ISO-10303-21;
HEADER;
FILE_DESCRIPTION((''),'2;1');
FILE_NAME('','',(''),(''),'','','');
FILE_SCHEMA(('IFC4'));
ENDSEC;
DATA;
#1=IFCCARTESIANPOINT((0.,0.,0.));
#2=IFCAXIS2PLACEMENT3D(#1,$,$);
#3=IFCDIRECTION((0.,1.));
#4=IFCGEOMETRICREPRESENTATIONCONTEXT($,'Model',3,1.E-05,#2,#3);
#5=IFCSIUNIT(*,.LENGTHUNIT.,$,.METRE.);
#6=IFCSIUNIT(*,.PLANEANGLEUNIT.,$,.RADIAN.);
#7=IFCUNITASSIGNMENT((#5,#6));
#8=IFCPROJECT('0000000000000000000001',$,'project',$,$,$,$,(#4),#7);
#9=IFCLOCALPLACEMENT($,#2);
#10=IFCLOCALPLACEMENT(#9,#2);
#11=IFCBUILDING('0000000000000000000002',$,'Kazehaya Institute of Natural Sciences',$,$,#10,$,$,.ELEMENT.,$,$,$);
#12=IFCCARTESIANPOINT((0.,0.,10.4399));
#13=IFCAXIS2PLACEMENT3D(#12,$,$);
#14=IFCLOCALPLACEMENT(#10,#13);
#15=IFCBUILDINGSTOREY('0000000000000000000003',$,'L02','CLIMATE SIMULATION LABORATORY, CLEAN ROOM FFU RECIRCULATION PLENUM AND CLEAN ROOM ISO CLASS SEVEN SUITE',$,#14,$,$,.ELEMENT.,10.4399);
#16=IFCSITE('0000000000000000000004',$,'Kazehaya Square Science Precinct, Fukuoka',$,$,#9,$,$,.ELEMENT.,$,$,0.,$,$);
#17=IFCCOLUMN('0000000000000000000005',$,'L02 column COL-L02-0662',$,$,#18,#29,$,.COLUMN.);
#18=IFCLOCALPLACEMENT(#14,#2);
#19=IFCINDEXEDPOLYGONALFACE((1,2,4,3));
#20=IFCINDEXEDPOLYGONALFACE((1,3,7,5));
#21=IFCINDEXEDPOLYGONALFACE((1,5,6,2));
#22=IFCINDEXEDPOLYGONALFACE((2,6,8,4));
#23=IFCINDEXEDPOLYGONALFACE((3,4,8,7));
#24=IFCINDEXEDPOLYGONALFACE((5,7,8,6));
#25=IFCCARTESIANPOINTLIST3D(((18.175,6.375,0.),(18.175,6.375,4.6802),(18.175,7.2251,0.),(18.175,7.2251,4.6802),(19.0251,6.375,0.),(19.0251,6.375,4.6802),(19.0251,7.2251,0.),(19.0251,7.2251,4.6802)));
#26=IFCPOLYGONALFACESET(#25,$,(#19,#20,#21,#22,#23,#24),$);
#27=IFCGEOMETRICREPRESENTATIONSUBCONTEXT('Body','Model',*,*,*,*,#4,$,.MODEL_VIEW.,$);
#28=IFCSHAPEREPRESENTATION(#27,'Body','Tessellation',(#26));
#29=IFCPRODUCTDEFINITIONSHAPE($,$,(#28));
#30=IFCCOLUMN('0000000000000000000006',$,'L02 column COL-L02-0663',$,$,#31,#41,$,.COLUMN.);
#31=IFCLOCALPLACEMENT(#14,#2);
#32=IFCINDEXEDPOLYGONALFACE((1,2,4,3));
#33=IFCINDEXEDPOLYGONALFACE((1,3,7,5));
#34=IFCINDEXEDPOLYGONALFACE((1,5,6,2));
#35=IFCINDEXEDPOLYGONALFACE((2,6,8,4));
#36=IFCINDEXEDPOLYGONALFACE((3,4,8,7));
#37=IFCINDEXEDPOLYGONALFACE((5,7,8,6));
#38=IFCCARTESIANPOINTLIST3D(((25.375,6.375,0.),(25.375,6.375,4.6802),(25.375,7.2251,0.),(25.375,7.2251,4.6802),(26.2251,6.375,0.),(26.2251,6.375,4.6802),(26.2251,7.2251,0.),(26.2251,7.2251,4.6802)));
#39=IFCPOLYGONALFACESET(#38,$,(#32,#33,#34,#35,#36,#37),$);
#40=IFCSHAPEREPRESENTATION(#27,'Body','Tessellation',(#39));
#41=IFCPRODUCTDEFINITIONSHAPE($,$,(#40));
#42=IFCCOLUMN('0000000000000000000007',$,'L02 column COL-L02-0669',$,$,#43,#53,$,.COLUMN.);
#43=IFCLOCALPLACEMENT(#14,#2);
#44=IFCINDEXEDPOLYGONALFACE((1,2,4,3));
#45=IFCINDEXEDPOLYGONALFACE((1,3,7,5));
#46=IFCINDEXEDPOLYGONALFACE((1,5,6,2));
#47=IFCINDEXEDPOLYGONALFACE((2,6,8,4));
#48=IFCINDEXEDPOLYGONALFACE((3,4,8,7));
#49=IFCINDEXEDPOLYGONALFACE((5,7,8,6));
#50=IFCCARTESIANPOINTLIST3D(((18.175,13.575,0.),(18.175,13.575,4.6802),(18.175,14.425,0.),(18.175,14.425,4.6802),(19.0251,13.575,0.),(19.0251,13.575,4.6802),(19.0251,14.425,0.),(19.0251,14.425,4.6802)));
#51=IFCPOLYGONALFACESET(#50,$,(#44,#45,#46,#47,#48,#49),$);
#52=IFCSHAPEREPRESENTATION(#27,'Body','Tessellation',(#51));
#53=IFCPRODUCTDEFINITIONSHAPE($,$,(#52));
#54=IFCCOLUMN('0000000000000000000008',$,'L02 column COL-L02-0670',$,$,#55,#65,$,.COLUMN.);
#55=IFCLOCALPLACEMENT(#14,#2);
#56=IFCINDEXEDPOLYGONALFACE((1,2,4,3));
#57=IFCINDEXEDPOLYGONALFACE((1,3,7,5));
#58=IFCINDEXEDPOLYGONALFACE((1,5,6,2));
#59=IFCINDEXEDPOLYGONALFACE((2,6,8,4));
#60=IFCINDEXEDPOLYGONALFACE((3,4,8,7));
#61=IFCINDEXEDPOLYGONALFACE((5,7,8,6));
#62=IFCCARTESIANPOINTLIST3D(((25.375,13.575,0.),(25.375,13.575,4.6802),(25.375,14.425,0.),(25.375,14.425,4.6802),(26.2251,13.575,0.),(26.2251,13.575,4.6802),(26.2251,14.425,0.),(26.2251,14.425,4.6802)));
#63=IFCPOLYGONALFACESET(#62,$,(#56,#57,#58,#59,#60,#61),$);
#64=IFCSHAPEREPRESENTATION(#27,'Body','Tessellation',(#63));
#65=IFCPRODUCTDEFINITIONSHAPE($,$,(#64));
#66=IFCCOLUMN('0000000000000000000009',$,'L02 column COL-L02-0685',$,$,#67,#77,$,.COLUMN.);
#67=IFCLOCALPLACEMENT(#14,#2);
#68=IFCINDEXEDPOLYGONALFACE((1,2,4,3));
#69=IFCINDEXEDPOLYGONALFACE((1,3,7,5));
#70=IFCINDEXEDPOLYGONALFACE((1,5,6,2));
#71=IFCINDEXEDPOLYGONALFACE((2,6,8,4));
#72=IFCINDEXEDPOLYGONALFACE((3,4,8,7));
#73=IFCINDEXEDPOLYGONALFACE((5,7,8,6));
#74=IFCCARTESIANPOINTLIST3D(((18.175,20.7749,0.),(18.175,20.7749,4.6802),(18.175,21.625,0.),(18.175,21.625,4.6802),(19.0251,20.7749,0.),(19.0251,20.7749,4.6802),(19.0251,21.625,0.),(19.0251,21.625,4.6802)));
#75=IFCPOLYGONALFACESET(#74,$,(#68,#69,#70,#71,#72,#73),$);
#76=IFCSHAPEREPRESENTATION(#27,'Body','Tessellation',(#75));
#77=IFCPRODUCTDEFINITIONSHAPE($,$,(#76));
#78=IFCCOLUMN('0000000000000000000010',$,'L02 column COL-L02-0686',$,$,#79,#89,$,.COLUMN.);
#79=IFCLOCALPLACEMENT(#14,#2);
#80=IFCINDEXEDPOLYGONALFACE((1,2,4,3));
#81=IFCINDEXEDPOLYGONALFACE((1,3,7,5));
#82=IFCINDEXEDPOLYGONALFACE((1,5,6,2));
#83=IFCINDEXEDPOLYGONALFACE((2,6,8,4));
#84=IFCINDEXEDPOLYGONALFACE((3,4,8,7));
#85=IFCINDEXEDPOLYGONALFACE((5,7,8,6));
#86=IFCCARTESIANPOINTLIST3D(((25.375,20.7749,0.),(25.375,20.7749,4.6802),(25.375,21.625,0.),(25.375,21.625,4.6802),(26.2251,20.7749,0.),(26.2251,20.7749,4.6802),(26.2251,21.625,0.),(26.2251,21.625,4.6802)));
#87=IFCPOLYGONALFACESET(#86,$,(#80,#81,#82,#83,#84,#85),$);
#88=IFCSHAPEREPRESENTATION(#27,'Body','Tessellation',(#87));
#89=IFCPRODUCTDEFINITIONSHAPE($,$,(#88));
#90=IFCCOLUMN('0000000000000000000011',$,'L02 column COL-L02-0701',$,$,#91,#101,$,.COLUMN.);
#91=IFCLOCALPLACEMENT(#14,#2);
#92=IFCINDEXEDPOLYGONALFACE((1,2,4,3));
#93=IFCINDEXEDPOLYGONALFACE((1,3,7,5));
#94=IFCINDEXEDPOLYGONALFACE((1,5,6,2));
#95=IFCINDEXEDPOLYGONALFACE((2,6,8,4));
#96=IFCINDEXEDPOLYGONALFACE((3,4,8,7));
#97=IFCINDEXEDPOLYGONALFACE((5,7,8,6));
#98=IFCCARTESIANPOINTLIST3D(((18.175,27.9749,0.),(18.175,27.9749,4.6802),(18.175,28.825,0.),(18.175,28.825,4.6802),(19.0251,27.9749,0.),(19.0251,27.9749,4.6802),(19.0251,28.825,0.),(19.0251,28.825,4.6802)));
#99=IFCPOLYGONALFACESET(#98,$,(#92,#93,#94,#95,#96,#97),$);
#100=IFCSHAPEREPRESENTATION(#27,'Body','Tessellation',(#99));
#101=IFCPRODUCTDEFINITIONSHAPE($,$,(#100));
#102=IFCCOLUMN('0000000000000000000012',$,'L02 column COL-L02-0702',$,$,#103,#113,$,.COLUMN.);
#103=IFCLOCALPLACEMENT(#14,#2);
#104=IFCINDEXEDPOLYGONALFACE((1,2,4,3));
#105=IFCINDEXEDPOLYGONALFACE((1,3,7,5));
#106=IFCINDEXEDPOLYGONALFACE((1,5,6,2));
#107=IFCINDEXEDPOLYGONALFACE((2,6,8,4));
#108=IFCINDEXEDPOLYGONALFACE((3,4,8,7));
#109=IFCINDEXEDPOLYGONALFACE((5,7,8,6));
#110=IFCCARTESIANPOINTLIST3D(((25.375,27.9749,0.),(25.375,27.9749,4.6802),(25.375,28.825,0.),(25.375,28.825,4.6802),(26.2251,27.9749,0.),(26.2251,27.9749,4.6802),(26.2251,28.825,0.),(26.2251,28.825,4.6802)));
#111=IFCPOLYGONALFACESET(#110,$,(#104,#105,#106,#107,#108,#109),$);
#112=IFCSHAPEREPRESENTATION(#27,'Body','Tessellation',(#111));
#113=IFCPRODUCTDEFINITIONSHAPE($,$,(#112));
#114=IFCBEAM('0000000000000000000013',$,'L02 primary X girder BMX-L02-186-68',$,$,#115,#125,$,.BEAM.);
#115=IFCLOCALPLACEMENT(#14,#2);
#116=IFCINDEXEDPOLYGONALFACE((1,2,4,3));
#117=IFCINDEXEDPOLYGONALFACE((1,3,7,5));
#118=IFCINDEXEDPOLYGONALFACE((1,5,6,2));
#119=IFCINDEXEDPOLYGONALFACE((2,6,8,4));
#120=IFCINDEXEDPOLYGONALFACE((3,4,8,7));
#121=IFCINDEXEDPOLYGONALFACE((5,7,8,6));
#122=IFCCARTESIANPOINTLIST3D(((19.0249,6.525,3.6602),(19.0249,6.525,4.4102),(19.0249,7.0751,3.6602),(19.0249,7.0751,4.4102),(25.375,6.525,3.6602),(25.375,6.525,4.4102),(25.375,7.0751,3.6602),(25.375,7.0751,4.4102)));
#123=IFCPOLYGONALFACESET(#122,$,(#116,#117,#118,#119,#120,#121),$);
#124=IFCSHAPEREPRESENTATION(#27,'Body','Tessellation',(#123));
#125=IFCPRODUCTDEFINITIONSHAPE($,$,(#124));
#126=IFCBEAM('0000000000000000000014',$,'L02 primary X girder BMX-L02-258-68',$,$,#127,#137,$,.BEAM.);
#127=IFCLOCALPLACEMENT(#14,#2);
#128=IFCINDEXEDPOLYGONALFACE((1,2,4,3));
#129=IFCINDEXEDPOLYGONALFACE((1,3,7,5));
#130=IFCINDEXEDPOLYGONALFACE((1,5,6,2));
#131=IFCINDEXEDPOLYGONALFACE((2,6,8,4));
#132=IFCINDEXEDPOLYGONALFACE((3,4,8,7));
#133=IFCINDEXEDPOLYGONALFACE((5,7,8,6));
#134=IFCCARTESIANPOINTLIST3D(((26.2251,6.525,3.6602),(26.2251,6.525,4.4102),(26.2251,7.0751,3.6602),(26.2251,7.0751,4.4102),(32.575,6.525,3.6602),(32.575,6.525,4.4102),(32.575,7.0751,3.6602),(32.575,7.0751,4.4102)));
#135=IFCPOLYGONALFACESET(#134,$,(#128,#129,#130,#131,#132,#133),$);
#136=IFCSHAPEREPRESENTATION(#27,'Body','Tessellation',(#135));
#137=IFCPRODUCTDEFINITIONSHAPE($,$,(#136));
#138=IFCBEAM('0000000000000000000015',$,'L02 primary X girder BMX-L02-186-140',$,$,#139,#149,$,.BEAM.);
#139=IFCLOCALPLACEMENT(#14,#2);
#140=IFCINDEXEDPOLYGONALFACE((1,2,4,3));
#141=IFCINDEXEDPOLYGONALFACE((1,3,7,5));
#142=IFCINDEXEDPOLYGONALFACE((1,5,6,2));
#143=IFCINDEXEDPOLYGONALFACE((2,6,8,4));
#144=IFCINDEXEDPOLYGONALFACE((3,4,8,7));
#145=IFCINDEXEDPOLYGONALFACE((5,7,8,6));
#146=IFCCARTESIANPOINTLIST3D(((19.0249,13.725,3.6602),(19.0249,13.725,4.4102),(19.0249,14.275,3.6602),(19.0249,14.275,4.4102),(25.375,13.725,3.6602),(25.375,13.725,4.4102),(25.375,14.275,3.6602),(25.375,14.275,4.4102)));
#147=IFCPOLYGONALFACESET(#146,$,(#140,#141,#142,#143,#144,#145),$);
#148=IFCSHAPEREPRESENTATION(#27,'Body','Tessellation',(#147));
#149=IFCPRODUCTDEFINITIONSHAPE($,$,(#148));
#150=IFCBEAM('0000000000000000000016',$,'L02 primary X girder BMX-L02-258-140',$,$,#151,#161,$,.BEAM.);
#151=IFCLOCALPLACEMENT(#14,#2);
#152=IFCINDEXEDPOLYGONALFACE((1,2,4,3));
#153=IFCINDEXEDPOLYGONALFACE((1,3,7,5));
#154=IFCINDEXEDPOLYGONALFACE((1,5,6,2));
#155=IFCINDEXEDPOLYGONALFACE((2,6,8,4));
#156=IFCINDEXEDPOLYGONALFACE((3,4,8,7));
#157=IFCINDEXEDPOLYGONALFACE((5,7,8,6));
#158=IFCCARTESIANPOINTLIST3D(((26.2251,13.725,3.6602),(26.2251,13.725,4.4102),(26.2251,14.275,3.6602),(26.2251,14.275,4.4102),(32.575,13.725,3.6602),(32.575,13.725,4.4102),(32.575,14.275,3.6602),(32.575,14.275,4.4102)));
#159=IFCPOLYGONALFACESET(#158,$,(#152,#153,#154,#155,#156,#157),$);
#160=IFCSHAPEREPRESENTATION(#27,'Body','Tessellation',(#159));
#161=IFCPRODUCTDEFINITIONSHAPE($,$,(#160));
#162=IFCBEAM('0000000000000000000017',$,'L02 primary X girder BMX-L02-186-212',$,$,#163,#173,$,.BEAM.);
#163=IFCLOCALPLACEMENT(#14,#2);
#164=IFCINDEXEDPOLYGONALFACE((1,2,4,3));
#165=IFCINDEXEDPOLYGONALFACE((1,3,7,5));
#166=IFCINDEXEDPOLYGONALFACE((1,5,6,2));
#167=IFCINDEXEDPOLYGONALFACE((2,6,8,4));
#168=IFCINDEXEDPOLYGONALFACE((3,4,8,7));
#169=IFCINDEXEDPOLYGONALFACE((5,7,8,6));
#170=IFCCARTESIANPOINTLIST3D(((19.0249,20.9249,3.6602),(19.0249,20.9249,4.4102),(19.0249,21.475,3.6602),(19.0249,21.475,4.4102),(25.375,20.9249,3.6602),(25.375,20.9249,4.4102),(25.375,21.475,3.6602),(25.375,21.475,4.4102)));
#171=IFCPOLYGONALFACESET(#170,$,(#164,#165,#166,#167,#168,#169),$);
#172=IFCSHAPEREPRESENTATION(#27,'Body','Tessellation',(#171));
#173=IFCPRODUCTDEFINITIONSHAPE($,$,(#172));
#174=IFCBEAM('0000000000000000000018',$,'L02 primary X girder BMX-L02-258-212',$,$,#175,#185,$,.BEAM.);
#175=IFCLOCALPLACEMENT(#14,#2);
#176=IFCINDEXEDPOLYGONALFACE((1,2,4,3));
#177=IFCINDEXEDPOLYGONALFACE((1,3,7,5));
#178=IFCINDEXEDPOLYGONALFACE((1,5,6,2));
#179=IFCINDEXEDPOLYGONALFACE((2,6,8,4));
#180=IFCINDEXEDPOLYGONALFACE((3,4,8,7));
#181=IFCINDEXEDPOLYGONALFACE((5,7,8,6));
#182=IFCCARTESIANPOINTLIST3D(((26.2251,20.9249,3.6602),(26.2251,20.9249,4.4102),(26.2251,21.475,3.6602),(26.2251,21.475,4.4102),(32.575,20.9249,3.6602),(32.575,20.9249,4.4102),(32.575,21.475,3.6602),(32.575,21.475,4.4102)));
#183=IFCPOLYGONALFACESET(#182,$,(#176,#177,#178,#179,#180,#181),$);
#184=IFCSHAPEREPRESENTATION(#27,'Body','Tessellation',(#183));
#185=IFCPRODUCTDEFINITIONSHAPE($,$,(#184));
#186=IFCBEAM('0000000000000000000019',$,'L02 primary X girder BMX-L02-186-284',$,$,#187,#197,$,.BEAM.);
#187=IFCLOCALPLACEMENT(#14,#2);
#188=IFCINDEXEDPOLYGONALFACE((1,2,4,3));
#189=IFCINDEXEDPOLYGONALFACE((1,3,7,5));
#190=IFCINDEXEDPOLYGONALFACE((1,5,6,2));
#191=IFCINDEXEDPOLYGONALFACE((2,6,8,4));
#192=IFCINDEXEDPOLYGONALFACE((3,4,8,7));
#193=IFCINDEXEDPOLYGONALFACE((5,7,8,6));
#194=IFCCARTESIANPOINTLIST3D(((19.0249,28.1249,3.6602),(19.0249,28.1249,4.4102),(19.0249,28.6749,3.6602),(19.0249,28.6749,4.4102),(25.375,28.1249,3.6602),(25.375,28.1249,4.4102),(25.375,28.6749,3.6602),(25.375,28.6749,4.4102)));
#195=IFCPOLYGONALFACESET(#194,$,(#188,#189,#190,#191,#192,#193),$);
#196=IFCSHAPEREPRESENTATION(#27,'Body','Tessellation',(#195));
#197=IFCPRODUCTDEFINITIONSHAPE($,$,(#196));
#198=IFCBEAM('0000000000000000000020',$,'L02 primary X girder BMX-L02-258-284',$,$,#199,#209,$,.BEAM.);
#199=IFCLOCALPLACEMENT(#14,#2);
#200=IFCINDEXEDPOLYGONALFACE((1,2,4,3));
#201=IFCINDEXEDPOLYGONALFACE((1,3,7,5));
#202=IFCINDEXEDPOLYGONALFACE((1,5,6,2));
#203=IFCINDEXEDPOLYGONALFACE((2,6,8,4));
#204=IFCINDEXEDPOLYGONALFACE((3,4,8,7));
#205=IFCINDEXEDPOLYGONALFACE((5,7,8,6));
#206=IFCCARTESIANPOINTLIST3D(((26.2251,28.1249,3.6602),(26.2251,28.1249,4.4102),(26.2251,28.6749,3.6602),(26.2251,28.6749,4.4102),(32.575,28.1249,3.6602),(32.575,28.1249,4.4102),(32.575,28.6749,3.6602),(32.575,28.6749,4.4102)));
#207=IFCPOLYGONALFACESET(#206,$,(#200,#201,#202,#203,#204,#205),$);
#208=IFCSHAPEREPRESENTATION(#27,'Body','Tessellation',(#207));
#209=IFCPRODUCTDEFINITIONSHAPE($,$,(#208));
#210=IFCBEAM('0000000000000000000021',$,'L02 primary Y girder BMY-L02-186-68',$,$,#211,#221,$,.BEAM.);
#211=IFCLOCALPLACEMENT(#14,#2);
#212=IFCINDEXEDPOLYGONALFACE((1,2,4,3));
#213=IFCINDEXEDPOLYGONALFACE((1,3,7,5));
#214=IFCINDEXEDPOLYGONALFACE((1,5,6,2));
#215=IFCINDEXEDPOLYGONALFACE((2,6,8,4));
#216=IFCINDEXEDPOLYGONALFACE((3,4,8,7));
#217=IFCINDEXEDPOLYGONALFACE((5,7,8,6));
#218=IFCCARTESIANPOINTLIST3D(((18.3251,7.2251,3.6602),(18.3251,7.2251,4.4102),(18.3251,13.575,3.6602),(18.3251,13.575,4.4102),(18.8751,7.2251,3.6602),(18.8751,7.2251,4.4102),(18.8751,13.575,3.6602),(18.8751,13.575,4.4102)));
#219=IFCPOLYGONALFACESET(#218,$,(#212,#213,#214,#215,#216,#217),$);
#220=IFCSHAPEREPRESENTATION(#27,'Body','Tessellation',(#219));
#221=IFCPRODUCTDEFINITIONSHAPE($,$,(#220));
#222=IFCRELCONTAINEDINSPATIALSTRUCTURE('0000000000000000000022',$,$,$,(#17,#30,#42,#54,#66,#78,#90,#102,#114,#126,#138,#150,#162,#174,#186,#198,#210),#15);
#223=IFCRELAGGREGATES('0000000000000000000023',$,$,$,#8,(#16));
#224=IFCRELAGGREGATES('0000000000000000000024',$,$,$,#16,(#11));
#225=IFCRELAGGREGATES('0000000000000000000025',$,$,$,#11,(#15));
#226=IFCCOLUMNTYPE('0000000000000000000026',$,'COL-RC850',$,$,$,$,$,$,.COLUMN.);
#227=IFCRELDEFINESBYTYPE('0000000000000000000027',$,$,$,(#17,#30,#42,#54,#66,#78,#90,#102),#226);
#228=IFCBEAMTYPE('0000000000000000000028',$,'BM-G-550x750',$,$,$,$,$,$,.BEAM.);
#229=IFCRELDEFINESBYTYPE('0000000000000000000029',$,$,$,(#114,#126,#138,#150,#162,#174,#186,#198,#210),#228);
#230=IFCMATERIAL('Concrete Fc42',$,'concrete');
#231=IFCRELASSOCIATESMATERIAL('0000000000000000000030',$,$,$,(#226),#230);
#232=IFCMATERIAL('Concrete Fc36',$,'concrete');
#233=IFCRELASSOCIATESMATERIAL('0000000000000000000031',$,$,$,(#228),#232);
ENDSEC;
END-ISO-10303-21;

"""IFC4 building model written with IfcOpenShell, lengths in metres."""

from ifc_helpers import new_model, si_unit, direction, frame, origin, origin_2d, place, context, subcontext, project, spatial, rectangle, extrude, material, material_profile, profile_set, type_object, element, save


model = new_model("IFC4")

# Units and contexts
model_context = context("Model", 3, precision=1e-05, world=origin(), true_north=direction((0.0, 1.0)))
body_context = subcontext(model_context, "Body", "Model", "MODEL_VIEW")
ifc_project = project(units=[si_unit("LENGTHUNIT", "METRE"), si_unit("PLANEANGLEUNIT", "RADIAN")], contexts=[model_context])

# Site, building, storey
site_placement = place(None, origin())
site = spatial("IfcSite", under=ifc_project, at=site_placement, Name="Kazehaya Square Science Precinct, Fukuoka", CompositionType="ELEMENT", RefElevation=0.0)
building_placement = place(site_placement, origin())
building = spatial("IfcBuilding", under=site, at=building_placement, Name="Kazehaya Institute of Natural Sciences", CompositionType="ELEMENT")
storey_placement = place(building_placement, frame((0.0, 0.0, 10.4399)))
storey = spatial("IfcBuildingStorey", under=building, at=storey_placement, Name="L02", Description="CLIMATE SIMULATION LABORATORY, CLEAN ROOM FFU RECIRCULATION PLENUM AND CLEAN ROOM ISO CLASS SEVEN SUITE", CompositionType="ELEMENT", Elevation=10.4399)

# Columns
ifc_material_1 = material(Name="Concrete Fc42", Category="concrete")
ifc_material_profile_1 = material_profile(ifc_material_1, rectangle(XDim=0.8501, YDim=0.8501, at=origin_2d()), Name="RC-850x850")
ifc_profile_set_1 = profile_set([ifc_material_profile_1], Name="Concrete Fc42")
column_type = type_object("IfcColumnType", Name="COL-RC850", PredefinedType="COLUMN", material=ifc_profile_set_1)
for number, where, z_axis, x_axis, name in (
    (1, (18.6001, 6.8, 0.0), (0.0, 0.0, 1.0), (1.0, 0.0, 0.0), "L02 column COL-L02-0662"),
    (2, (25.8, 6.8, 0.0), (0.0, 0.0, 1.0), (1.0, 0.0, 0.0), "L02 column COL-L02-0663"),
    (3, (18.6001, 14.0, 0.0), (0.0, 0.0, 1.0), (1.0, 0.0, 0.0), "L02 column COL-L02-0669"),
    (4, (25.8, 14.0, 0.0), (0.0, 0.0, 1.0), (1.0, 0.0, 0.0), "L02 column COL-L02-0670"),
    (5, (18.6001, 21.2, 0.0), (0.0, 0.0, 1.0), (1.0, 0.0, 0.0), "L02 column COL-L02-0685"),
    (6, (25.8, 21.2, 0.0), (0.0, 0.0, 1.0), (1.0, 0.0, 0.0), "L02 column COL-L02-0686"),
    (7, (18.6001, 28.3999, 0.0), (0.0, 0.0, 1.0), (1.0, 0.0, 0.0), "L02 column COL-L02-0701"),
    (8, (25.8, 28.3999, 0.0), (0.0, 0.0, 1.0), (1.0, 0.0, 0.0), "L02 column COL-L02-0702"),
):
    element("IfcColumn", number, at=place(storey_placement, frame(where, z_axis=z_axis, x_axis=x_axis)), inside=storey, type_object=column_type, Name=name, PredefinedType="COLUMN", context=body_context, shape_type="SweptSolid", body=[
        extrude(rectangle(XDim=0.8501, YDim=0.8501, at=origin_2d()), origin(), (0.0, 0.0, 1.0), 4.6802),
    ])

# Beams
ifc_material_2 = material(Name="Concrete Fc36", Category="concrete")
ifc_material_profile_2 = material_profile(ifc_material_2, rectangle(XDim=0.55, YDim=0.75, at=origin_2d()), Name="RC-550x750")
ifc_profile_set_2 = profile_set([ifc_material_profile_2], Name="Concrete Fc36")
beam_type = type_object("IfcBeamType", Name="BM-G-550x750", PredefinedType="BEAM", material=ifc_profile_set_2)
beam_1_placement = place(storey_placement, frame((19.0249, 6.8, 4.0352), z_axis=(1.0, 0.0, 0.0), x_axis=(0.0, 1.0, 0.0)))
element("IfcBeam", 9, at=beam_1_placement, inside=storey, type_object=beam_type, Name="L02 primary X girder BMX-L02-186-68", PredefinedType="BEAM", context=body_context, shape_type="SweptSolid", body=[
    extrude(rectangle(XDim=0.55, YDim=0.75, at=origin_2d()), origin(), (0.0, 0.0, 1.0), 6.3501),
])
beam_2_placement = place(storey_placement, frame((26.2251, 6.8, 4.0352), z_axis=(1.0, 0.0, 0.0), x_axis=(0.0, 1.0, 0.0)))
element("IfcBeam", 10, at=beam_2_placement, inside=storey, type_object=beam_type, Name="L02 primary X girder BMX-L02-258-68", PredefinedType="BEAM", context=body_context, shape_type="SweptSolid", body=[
    extrude(rectangle(XDim=0.55, YDim=0.75, at=origin_2d()), origin(), (0.0, 0.0, 1.0), 6.3499),
])
beam_3_placement = place(storey_placement, frame((19.0249, 14.0, 4.0352), z_axis=(1.0, 0.0, 0.0), x_axis=(0.0, 1.0, 0.0)))
element("IfcBeam", 11, at=beam_3_placement, inside=storey, type_object=beam_type, Name="L02 primary X girder BMX-L02-186-140", PredefinedType="BEAM", context=body_context, shape_type="SweptSolid", body=[
    extrude(rectangle(XDim=0.55, YDim=0.75, at=origin_2d()), origin(), (0.0, 0.0, 1.0), 6.3501),
])
beam_4_placement = place(storey_placement, frame((26.2251, 14.0, 4.0352), z_axis=(1.0, 0.0, 0.0), x_axis=(0.0, 1.0, 0.0)))
element("IfcBeam", 12, at=beam_4_placement, inside=storey, type_object=beam_type, Name="L02 primary X girder BMX-L02-258-140", PredefinedType="BEAM", context=body_context, shape_type="SweptSolid", body=[
    extrude(rectangle(XDim=0.55, YDim=0.75, at=origin_2d()), origin(), (0.0, 0.0, 1.0), 6.3499),
])
beam_5_placement = place(storey_placement, frame((19.0249, 21.2, 4.0352), z_axis=(1.0, 0.0, 0.0), x_axis=(0.0, 1.0, 0.0)))
element("IfcBeam", 13, at=beam_5_placement, inside=storey, type_object=beam_type, Name="L02 primary X girder BMX-L02-186-212", PredefinedType="BEAM", context=body_context, shape_type="SweptSolid", body=[
    extrude(rectangle(XDim=0.55, YDim=0.75, at=origin_2d()), origin(), (0.0, 0.0, 1.0), 6.3501),
])
beam_6_placement = place(storey_placement, frame((26.2251, 21.2, 4.0352), z_axis=(1.0, 0.0, 0.0), x_axis=(0.0, 1.0, 0.0)))
element("IfcBeam", 14, at=beam_6_placement, inside=storey, type_object=beam_type, Name="L02 primary X girder BMX-L02-258-212", PredefinedType="BEAM", context=body_context, shape_type="SweptSolid", body=[
    extrude(rectangle(XDim=0.55, YDim=0.75, at=origin_2d()), origin(), (0.0, 0.0, 1.0), 6.3499),
])
beam_7_placement = place(storey_placement, frame((19.0249, 28.3999, 4.0352), z_axis=(1.0, 0.0, 0.0), x_axis=(0.0, 1.0, 0.0)))
element("IfcBeam", 15, at=beam_7_placement, inside=storey, type_object=beam_type, Name="L02 primary X girder BMX-L02-186-284", PredefinedType="BEAM", context=body_context, shape_type="SweptSolid", body=[
    extrude(rectangle(XDim=0.55, YDim=0.75, at=origin_2d()), origin(), (0.0, 0.0, 1.0), 6.3501),
])
for number, where, z_axis, x_axis, name in (
    (16, (26.2251, 28.3999, 4.0352), (1.0, 0.0, 0.0), (0.0, 1.0, 0.0), "L02 primary X girder BMX-L02-258-284"),
    (17, (18.6001, 7.2251, 4.0352), (0.0, 1.0, 0.0), (-1.0, 0.0, 0.0), "L02 primary Y girder BMY-L02-186-68"),
):
    element("IfcBeam", number, at=place(storey_placement, frame(where, z_axis=z_axis, x_axis=x_axis)), inside=storey, type_object=beam_type, Name=name, PredefinedType="BEAM", context=body_context, shape_type="SweptSolid", body=[
        extrude(rectangle(XDim=0.55, YDim=0.75, at=origin_2d()), origin(), (0.0, 0.0, 1.0), 6.3499),
    ])

save(model, "model.ifc")
